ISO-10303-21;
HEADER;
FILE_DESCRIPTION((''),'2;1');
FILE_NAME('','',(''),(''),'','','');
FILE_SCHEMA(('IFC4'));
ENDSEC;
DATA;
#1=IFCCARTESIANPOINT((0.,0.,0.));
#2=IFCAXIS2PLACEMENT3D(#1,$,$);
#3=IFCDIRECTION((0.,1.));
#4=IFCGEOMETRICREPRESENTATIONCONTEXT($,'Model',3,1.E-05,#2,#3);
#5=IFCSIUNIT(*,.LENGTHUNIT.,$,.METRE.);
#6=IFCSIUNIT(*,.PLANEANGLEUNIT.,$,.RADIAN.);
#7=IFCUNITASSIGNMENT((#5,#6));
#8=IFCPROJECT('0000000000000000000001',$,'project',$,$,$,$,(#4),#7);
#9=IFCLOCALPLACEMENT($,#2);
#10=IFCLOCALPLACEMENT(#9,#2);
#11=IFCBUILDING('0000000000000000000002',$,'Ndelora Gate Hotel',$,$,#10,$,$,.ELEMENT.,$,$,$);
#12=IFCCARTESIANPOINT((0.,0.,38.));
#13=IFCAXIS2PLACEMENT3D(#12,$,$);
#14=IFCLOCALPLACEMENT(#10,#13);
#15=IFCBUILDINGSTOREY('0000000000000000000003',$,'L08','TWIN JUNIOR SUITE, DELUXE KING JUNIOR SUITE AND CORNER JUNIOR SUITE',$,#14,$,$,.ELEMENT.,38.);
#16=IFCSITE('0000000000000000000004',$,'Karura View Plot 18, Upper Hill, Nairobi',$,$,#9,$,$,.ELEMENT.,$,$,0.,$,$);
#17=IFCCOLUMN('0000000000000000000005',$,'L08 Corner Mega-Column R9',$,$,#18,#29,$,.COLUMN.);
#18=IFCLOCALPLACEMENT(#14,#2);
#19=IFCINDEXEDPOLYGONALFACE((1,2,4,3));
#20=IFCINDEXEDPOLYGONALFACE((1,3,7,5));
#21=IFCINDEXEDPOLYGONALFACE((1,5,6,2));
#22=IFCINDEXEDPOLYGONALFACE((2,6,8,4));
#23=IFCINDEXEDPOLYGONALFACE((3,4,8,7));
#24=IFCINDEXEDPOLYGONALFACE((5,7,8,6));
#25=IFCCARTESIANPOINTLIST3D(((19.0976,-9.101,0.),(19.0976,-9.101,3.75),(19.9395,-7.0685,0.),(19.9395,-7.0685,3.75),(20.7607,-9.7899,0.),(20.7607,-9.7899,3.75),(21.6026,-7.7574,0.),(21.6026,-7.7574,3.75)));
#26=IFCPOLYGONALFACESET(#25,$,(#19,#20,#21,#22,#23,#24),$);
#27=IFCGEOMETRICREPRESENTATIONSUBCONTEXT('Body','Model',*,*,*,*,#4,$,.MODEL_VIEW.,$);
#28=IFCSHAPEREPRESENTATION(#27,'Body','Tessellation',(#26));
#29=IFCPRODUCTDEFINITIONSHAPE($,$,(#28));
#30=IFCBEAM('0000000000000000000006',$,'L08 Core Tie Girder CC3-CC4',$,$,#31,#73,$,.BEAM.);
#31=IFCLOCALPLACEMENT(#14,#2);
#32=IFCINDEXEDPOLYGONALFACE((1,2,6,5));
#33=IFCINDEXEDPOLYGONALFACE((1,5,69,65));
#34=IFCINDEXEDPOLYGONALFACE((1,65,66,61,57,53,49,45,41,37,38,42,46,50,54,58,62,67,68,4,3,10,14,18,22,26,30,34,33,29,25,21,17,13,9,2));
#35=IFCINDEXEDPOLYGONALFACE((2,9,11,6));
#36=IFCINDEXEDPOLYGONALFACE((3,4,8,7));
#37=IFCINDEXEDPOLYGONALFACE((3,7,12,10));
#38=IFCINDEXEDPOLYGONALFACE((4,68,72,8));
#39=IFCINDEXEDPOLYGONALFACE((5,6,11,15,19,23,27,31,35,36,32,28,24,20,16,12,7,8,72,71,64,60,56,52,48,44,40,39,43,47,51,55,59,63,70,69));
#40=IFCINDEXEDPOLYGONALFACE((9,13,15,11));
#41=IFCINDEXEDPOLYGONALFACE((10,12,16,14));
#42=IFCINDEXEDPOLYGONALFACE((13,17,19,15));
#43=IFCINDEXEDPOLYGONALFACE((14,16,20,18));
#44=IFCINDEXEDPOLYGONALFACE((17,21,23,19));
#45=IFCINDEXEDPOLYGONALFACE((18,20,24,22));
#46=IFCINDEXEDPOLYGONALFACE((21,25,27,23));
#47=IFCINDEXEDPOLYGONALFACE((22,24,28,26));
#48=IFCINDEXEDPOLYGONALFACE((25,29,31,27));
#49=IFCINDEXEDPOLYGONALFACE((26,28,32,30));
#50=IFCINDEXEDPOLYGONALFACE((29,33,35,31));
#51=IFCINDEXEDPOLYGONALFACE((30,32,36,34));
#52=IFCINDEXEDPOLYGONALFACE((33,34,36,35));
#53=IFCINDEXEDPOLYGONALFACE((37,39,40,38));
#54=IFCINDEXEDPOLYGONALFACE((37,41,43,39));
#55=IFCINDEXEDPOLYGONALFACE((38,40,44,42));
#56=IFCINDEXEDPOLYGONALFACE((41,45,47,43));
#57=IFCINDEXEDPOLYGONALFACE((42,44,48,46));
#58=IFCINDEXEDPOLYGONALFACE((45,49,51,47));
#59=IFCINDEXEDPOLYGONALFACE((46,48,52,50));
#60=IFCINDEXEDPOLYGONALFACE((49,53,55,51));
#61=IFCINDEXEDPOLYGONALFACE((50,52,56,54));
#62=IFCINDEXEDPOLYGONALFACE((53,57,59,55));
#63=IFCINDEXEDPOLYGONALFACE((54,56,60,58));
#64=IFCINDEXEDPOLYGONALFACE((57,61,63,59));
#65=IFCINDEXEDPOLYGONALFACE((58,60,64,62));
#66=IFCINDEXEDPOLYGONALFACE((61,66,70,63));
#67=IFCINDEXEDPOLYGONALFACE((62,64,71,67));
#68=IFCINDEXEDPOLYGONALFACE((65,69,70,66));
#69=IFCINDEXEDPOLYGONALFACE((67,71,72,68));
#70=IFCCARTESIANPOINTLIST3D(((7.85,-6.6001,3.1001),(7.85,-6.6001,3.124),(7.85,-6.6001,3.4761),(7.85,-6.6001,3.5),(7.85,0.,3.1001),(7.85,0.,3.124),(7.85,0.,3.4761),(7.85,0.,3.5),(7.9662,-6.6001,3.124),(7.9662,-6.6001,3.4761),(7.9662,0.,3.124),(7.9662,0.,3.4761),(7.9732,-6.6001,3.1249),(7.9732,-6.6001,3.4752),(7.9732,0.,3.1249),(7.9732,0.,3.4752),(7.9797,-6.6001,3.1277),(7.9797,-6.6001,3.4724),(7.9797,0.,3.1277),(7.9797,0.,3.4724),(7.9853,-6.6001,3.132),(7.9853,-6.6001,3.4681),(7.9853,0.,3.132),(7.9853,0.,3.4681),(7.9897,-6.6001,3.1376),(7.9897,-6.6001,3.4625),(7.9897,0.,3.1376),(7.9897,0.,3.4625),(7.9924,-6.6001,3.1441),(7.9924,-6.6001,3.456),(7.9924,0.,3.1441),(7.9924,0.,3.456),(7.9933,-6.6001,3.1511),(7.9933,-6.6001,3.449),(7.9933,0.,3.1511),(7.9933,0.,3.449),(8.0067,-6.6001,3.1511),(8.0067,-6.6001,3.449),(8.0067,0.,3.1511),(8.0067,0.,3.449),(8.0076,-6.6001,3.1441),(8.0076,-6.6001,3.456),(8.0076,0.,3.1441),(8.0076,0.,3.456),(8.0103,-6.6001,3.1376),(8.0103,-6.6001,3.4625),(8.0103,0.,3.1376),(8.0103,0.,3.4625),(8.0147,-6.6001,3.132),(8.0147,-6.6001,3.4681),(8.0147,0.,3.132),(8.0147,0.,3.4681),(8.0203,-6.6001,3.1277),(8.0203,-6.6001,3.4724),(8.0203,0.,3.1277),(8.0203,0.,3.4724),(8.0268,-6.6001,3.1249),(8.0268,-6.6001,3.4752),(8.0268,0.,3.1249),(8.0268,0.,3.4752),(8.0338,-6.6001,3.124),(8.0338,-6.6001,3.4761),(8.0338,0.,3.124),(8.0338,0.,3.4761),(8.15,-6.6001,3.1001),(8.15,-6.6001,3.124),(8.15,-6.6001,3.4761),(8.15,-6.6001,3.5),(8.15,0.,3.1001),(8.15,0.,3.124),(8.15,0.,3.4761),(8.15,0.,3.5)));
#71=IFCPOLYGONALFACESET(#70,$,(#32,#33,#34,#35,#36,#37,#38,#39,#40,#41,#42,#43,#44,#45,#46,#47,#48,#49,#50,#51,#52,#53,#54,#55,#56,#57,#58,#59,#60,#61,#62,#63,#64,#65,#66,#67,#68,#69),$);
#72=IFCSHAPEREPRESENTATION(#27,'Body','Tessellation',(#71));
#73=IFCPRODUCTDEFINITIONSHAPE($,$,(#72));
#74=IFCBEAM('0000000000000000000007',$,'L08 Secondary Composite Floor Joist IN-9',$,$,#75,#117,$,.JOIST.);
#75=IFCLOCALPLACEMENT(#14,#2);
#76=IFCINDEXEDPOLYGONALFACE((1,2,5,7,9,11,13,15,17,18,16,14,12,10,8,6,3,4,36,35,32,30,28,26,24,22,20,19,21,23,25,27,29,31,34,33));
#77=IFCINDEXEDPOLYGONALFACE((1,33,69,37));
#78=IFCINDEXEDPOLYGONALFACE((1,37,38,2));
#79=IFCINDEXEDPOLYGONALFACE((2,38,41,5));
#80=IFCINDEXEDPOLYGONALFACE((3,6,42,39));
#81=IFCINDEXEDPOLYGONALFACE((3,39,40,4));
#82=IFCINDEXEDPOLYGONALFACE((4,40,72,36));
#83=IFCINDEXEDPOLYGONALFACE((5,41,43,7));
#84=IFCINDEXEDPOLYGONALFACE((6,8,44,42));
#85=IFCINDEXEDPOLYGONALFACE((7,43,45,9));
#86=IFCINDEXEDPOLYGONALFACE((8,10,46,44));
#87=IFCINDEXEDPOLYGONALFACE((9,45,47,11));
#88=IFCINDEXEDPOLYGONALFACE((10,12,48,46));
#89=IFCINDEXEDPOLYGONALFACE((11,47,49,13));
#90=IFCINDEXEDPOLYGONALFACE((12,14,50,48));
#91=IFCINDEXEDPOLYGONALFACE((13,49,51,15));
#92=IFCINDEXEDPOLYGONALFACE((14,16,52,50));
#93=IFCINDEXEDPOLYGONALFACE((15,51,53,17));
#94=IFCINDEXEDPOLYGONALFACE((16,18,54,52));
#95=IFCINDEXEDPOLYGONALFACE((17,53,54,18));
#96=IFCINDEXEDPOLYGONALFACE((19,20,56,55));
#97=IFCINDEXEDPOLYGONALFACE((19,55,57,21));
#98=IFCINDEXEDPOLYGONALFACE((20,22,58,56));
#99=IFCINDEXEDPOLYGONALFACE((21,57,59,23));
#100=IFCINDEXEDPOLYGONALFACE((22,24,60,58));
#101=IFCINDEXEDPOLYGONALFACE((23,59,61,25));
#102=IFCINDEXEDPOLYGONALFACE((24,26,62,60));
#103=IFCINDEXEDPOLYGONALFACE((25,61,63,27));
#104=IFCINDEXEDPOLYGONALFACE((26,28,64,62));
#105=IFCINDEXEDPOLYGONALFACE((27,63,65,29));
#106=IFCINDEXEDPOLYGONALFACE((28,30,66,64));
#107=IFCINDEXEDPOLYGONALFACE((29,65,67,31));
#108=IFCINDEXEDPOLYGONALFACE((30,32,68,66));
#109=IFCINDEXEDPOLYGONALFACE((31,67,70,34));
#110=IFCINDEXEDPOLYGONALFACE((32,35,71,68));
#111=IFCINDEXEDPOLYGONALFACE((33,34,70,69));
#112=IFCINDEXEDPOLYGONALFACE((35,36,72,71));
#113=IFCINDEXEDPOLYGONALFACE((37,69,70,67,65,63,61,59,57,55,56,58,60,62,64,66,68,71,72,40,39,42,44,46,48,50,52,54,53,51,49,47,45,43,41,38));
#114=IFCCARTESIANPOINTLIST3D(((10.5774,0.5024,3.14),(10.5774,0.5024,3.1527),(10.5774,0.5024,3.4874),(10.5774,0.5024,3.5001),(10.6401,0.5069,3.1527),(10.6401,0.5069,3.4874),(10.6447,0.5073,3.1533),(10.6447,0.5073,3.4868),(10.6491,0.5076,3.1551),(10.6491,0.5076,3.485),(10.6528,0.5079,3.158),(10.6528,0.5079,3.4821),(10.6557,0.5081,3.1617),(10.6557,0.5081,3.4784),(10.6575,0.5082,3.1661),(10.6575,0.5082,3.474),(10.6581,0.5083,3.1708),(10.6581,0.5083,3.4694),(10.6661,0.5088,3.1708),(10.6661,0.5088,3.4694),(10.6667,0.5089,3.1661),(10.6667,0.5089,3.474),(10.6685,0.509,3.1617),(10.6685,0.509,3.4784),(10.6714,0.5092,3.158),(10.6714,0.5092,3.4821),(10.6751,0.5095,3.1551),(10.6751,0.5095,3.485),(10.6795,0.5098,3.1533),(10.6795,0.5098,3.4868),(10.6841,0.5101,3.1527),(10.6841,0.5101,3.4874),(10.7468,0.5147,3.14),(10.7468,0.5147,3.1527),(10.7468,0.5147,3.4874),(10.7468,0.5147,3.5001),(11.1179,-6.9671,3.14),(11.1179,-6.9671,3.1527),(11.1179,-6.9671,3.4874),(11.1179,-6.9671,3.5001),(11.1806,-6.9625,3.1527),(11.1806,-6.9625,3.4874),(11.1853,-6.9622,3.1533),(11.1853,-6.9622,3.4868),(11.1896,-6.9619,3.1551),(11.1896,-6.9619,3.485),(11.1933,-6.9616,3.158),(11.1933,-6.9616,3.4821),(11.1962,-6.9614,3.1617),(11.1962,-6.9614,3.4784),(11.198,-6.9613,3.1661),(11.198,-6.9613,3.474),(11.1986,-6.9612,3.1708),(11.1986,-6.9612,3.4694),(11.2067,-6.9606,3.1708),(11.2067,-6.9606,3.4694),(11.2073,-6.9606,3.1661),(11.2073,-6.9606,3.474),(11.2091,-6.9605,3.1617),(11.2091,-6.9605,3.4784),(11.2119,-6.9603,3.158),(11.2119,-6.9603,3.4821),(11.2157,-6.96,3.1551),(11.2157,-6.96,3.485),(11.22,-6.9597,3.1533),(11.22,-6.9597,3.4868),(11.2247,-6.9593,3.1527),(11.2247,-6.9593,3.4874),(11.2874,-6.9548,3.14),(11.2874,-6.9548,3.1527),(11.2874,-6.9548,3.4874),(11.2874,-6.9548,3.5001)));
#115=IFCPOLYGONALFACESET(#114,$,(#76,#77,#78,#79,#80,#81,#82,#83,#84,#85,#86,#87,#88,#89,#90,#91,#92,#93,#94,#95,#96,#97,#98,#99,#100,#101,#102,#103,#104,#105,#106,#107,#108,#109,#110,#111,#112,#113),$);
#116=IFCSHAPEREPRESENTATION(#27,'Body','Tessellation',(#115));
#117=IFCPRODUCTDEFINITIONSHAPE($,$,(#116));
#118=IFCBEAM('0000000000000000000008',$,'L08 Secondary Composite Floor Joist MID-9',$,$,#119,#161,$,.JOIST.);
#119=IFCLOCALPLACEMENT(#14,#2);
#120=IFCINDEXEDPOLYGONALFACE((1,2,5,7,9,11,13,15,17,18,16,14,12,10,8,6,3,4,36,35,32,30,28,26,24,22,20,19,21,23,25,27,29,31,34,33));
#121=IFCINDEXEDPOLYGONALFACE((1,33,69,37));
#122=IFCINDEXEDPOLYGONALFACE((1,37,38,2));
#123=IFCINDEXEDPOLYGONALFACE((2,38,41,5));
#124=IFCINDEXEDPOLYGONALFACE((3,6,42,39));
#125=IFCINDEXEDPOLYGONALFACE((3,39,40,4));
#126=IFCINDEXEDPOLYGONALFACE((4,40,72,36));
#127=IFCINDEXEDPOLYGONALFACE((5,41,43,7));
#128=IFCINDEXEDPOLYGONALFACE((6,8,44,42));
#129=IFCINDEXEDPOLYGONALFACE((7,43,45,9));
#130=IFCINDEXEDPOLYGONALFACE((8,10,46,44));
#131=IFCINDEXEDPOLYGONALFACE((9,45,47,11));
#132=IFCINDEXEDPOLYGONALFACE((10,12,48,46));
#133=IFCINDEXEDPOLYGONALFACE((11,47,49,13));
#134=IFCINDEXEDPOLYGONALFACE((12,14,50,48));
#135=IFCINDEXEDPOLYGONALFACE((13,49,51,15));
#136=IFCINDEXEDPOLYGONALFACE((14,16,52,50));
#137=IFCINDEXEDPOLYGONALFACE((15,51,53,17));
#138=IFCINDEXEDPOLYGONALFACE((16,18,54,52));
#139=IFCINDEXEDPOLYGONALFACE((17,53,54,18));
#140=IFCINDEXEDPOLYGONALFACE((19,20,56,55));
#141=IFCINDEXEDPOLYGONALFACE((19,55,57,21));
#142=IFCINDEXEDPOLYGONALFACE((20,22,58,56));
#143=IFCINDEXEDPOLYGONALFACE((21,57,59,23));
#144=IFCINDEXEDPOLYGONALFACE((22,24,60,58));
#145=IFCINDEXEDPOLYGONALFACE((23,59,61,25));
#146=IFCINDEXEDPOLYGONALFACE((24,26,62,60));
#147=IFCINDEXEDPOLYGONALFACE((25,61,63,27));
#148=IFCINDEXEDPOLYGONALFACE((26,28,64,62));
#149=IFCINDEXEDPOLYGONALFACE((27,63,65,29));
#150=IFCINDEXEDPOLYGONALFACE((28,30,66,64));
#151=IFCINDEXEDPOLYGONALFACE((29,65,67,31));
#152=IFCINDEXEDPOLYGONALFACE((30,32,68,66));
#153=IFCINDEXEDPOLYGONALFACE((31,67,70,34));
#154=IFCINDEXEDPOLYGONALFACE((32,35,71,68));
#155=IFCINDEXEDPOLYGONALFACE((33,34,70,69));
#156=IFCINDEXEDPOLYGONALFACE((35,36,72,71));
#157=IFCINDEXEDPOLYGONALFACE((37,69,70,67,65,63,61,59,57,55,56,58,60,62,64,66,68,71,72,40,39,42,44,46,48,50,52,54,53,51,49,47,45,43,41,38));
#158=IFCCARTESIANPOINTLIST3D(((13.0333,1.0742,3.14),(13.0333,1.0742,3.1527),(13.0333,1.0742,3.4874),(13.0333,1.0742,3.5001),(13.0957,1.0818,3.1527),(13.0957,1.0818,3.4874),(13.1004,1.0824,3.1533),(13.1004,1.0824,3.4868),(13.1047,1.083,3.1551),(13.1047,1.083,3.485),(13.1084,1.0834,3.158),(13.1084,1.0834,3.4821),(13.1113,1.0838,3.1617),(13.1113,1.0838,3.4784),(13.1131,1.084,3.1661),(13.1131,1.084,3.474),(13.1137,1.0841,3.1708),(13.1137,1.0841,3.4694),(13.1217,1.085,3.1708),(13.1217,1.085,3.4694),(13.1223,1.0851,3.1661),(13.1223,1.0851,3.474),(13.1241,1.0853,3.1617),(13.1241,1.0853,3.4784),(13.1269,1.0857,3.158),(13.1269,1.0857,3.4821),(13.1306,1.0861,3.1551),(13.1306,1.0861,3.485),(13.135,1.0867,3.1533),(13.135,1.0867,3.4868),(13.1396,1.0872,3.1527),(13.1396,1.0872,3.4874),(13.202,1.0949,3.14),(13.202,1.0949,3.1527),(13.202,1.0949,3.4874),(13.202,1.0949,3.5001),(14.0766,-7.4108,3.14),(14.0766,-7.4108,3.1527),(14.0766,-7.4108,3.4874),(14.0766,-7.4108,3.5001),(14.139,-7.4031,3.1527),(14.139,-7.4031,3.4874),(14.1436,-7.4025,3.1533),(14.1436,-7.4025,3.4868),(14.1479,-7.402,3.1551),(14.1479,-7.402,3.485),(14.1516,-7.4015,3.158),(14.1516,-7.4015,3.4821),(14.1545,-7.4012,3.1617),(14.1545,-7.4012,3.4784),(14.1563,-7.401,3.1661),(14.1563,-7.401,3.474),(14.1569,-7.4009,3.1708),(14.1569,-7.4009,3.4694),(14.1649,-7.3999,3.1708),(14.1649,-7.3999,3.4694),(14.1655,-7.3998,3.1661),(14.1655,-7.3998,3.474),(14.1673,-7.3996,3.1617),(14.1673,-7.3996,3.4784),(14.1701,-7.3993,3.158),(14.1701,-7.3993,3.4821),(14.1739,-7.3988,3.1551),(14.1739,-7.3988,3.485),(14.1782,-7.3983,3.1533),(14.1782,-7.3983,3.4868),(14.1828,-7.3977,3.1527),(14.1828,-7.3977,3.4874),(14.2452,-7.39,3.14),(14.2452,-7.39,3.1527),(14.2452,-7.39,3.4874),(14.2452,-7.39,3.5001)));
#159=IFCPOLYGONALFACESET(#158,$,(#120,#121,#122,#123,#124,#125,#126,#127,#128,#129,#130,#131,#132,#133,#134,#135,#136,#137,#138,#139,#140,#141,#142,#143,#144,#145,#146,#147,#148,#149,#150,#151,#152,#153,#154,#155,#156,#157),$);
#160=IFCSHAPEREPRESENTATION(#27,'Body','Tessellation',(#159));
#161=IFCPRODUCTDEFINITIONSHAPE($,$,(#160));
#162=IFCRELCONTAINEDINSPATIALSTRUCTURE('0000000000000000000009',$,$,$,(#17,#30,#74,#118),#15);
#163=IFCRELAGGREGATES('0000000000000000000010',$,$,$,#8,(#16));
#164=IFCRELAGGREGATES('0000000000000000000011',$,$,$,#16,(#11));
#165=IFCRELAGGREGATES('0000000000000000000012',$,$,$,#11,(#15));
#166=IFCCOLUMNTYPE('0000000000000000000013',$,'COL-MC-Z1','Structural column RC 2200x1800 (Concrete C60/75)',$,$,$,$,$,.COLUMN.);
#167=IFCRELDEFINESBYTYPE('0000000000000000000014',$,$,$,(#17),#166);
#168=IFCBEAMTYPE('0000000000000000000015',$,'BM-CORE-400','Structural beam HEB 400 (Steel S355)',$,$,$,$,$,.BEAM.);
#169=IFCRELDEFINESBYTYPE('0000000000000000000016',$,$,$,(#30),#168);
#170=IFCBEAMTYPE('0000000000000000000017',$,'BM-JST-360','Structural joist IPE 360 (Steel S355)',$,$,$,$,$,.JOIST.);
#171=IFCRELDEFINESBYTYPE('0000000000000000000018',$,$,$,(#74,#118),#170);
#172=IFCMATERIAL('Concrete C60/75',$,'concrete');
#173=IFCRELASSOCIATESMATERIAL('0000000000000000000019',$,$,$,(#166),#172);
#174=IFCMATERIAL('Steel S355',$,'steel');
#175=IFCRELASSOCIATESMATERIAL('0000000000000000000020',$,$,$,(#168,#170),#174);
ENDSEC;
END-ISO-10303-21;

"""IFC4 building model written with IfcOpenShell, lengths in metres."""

from ifc_helpers import new_model, si_unit, direction, frame, origin, origin_2d, place, context, subcontext, project, spatial, rectangle, i_section, extrude, material, material_profile, profile_set, type_object, element, save


model = new_model("IFC4")

# Units and contexts
model_context = context("Model", 3, precision=1e-05, world=origin(), true_north=direction((0.0, 1.0)))
body_context = subcontext(model_context, "Body", "Model", "MODEL_VIEW")
ifc_project = project(units=[si_unit("LENGTHUNIT", "METRE"), si_unit("PLANEANGLEUNIT", "RADIAN")], contexts=[model_context])

# Site, building, storey
site_placement = place(None, origin())
site = spatial("IfcSite", under=ifc_project, at=site_placement, Name="Karura View Plot 18, Upper Hill, Nairobi", CompositionType="ELEMENT", RefElevation=0.0)
building_placement = place(site_placement, origin())
building = spatial("IfcBuilding", under=site, at=building_placement, Name="Ndelora Gate Hotel", CompositionType="ELEMENT")
storey_placement = place(building_placement, frame((0.0, 0.0, 38.0)))
storey = spatial("IfcBuildingStorey", under=building, at=storey_placement, Name="L08", Description="TWIN JUNIOR SUITE, DELUXE KING JUNIOR SUITE AND CORNER JUNIOR SUITE", CompositionType="ELEMENT", Elevation=38.0)

# Column
ifc_material_1 = material(Name="Concrete C60/75", Category="concrete")
ifc_material_profile_1 = material_profile(ifc_material_1, rectangle(XDim=1.8, YDim=2.2, at=origin_2d()), Name="RC 2200x1800")
ifc_profile_set_1 = profile_set([ifc_material_profile_1], Name="Concrete C60/75")
column_type = type_object("IfcColumnType", Name="COL-MC-Z1", Description="Structural column RC 2200x1800 (Concrete C60/75)", PredefinedType="COLUMN", material=ifc_profile_set_1)
column_placement = place(storey_placement, frame((20.3501, -8.4292, 0.0), z_axis=(0.0, 0.0, 1.0), x_axis=(-0.92388, 0.382683, 0.0)))
element("IfcColumn", 1, at=column_placement, inside=storey, type_object=column_type, Name="L08 Corner Mega-Column R9", PredefinedType="COLUMN", context=body_context, shape_type="SweptSolid", body=[
    extrude(rectangle(XDim=1.8, YDim=2.2, at=origin_2d()), origin(), (0.0, 0.0, 1.0), 3.75),
])

# Beams
ifc_material_2 = material(Name="Steel S355", Category="steel")
ifc_material_profile_2 = material_profile(ifc_material_2, i_section(OverallWidth=0.3, OverallDepth=0.3999, WebThickness=0.0134, FlangeThickness=0.0239, FilletRadius=0.0271, at=origin_2d()), Name="HEB 400")
ifc_profile_set_2 = profile_set([ifc_material_profile_2], Name="Steel S355")
beam_type_1 = type_object("IfcBeamType", Name="BM-CORE-400", Description="Structural beam HEB 400 (Steel S355)", PredefinedType="BEAM", material=ifc_profile_set_2)
beam_1_placement = place(storey_placement, frame((8.0, -6.6001, 3.3), z_axis=(0.0, 1.0, 0.0), x_axis=(-1.0, 0.0, 0.0)))
element("IfcBeam", 2, at=beam_1_placement, inside=storey, type_object=beam_type_1, Name="L08 Core Tie Girder CC3-CC4", PredefinedType="BEAM", context=body_context, shape_type="SweptSolid", body=[
    extrude(i_section(OverallWidth=0.3, OverallDepth=0.3999, WebThickness=0.0134, FlangeThickness=0.0239, FilletRadius=0.0271, at=origin_2d()), origin(), (0.0, 0.0, 1.0), 6.6001),
])
ifc_material_profile_3 = material_profile(ifc_material_2, i_section(OverallWidth=0.1699, OverallDepth=0.3601, WebThickness=0.0081, FlangeThickness=0.0127, FilletRadius=0.0181, at=origin_2d()), Name="IPE 360")
ifc_profile_set_3 = profile_set([ifc_material_profile_3], Name="Steel S355")
beam_type_2 = type_object("IfcBeamType", Name="BM-JST-360", Description="Structural joist IPE 360 (Steel S355)", PredefinedType="JOIST", material=ifc_profile_set_3)
beam_2_placement = place(storey_placement, frame((11.2026, -6.9609, 3.3201), z_axis=(-0.072176, 0.997392, 0.0), x_axis=(-0.997392, -0.072176, 0.0)))
element("IfcBeam", 3, at=beam_2_placement, inside=storey, type_object=beam_type_2, Name="L08 Secondary Composite Floor Joist IN-9", PredefinedType="JOIST", context=body_context, shape_type="SweptSolid", body=[
    extrude(i_section(OverallWidth=0.1699, OverallDepth=0.3601, WebThickness=0.0081, FlangeThickness=0.0127, FilletRadius=0.0181, at=origin_2d()), origin(), (0.0, 0.0, 1.0), 7.489),
])
beam_3_placement = place(storey_placement, frame((14.1609, -7.4004, 3.3201), z_axis=(-0.122031, 0.992526, 0.0), x_axis=(-0.992526, -0.122031, 0.0)))
element("IfcBeam", 4, at=beam_3_placement, inside=storey, type_object=beam_type_2, Name="L08 Secondary Composite Floor Joist MID-9", PredefinedType="JOIST", context=body_context, shape_type="SweptSolid", body=[
    extrude(i_section(OverallWidth=0.1699, OverallDepth=0.3601, WebThickness=0.0081, FlangeThickness=0.0127, FilletRadius=0.0181, at=origin_2d()), origin(), (0.0, 0.0, 1.0), 8.5488),
])

save(model, "model.ifc")
